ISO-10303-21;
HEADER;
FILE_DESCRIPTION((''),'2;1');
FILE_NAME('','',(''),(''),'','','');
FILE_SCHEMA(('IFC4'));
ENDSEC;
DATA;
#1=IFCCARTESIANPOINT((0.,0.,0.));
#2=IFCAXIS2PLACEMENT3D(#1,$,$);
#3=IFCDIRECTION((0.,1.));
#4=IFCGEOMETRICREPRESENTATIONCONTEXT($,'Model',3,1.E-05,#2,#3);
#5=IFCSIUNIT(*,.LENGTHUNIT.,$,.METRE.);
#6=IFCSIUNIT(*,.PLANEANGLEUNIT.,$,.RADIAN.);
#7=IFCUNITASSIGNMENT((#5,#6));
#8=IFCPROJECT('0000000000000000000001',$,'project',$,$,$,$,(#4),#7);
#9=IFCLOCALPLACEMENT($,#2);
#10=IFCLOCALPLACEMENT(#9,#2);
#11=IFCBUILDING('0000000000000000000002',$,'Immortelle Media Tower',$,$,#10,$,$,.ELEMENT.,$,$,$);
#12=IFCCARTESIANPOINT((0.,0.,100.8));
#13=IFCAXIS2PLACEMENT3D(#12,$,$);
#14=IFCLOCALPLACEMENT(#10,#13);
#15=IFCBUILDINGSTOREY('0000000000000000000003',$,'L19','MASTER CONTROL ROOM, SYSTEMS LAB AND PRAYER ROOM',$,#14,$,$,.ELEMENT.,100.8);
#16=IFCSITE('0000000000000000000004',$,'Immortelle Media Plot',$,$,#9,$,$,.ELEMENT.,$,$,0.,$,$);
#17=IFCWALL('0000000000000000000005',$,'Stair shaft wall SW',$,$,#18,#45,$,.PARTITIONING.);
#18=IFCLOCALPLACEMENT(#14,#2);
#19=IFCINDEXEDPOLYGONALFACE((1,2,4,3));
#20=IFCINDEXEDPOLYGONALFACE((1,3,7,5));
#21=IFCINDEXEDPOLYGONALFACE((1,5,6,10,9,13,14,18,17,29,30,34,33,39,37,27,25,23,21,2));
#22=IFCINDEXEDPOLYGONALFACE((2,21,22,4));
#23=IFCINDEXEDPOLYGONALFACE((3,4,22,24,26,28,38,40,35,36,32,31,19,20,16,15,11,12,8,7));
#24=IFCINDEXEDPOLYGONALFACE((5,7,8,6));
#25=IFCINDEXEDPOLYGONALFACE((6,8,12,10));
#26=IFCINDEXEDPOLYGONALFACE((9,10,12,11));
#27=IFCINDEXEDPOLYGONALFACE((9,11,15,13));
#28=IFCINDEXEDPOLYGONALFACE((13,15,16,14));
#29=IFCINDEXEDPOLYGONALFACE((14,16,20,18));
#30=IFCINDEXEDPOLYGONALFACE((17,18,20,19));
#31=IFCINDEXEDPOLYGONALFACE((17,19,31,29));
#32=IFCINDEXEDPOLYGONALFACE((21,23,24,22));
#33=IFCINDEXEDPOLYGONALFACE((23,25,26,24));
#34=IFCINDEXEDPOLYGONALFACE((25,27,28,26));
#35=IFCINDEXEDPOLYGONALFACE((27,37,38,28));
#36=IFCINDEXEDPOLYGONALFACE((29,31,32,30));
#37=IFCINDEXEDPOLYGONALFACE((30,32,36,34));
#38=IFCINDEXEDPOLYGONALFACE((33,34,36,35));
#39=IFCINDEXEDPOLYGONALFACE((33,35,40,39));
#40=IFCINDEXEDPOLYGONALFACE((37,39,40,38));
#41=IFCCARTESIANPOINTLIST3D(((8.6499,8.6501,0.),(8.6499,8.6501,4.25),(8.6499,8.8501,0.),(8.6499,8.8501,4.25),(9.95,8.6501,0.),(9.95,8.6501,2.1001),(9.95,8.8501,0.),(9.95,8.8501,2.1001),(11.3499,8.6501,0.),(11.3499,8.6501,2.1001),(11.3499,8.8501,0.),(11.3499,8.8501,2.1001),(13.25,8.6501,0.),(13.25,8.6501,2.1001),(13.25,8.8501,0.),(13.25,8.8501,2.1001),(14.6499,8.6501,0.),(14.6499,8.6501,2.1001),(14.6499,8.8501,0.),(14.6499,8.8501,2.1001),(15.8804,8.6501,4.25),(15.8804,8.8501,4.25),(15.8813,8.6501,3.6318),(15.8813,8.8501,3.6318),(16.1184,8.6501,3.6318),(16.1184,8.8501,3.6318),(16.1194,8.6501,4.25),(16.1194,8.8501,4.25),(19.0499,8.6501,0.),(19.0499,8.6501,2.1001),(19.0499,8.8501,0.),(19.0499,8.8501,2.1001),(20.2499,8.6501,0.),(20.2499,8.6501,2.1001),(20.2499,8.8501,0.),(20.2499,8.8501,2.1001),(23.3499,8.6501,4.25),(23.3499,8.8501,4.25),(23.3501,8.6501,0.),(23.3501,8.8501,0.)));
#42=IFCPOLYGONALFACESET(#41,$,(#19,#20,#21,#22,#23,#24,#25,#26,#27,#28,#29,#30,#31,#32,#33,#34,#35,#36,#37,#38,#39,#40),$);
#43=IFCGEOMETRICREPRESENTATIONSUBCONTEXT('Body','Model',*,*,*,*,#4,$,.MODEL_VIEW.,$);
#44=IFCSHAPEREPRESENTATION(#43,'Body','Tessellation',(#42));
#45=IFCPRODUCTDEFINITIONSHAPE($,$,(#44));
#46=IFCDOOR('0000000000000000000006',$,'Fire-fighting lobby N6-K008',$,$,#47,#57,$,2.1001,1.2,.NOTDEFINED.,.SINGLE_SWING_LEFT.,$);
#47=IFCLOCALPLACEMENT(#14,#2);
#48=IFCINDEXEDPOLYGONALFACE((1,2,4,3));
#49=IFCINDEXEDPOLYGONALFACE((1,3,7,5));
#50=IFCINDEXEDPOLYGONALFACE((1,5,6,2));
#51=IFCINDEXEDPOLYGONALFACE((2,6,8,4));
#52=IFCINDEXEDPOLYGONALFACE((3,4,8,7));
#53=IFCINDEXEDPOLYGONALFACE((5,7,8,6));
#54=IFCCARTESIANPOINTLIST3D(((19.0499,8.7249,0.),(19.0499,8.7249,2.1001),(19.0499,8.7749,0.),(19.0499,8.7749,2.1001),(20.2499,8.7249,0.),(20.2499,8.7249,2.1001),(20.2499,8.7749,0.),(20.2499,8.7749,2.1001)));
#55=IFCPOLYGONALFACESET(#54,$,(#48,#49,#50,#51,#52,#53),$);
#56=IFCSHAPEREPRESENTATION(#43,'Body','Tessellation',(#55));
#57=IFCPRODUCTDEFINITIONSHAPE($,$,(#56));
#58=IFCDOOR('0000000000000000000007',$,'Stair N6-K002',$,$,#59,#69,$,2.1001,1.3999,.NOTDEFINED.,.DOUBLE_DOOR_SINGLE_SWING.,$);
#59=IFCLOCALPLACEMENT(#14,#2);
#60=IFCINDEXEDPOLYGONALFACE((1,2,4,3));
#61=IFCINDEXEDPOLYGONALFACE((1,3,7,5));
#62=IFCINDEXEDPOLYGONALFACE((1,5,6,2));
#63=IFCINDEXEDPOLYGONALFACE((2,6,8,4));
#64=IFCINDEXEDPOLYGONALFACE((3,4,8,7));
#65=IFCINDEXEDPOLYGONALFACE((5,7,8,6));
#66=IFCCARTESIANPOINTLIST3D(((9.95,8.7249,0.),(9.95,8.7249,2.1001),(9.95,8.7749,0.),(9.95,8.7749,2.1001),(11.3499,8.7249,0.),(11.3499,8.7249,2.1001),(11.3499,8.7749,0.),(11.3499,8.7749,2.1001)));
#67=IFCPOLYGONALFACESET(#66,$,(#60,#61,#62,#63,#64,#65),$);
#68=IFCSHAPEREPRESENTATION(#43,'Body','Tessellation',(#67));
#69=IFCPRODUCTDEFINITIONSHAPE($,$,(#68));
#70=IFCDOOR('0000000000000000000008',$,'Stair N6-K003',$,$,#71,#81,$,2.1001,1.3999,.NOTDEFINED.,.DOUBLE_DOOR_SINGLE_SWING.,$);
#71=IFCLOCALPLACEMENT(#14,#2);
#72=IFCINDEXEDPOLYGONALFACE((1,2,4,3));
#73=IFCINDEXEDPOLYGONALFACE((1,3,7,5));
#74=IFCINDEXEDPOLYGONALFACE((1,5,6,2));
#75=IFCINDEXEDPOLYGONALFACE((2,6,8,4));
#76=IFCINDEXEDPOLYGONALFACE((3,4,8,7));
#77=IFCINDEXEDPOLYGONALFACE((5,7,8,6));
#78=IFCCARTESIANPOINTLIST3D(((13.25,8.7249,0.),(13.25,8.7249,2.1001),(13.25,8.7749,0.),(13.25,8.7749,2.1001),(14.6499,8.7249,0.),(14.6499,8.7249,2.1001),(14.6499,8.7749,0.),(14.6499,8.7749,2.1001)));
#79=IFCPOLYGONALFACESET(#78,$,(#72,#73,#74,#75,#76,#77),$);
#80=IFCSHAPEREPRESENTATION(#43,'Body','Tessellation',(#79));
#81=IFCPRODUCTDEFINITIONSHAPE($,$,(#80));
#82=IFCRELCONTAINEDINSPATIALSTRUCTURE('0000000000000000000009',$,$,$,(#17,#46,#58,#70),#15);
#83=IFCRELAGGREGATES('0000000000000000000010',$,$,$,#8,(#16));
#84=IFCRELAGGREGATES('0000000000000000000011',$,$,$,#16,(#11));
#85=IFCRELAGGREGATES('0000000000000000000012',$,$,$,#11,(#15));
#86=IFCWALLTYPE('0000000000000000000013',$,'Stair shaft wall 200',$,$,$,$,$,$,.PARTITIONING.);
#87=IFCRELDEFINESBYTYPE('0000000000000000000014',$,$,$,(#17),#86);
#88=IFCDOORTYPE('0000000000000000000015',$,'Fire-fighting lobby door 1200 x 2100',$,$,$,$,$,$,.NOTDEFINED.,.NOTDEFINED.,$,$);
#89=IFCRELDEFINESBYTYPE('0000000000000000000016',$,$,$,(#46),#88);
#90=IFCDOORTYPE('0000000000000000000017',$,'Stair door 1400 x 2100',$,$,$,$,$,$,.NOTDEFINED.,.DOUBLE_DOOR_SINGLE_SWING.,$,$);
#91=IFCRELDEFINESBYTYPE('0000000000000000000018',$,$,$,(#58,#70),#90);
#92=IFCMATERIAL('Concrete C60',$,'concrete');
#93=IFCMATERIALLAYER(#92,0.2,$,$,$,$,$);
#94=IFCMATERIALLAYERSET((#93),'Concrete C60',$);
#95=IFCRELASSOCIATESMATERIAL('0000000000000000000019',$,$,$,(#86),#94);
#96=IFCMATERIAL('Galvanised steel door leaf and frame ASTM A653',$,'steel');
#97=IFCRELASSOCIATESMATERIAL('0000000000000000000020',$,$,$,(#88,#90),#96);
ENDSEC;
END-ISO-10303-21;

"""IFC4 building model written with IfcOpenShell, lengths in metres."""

from ifc_helpers import new_model, si_unit, direction, frame, frame_2d, origin, place, context, subcontext, project, spatial, polyline, rectangle, outline, extrude, material, layer, layer_set, type_object, element, fill, save


model = new_model("IFC4")

# Units and contexts
model_context = context("Model", 3, precision=1e-05, world=origin(), true_north=direction((0.0, 1.0)))
body_context = subcontext(model_context, "Body", "Model", "MODEL_VIEW")
ifc_project = project(units=[si_unit("LENGTHUNIT", "METRE"), si_unit("PLANEANGLEUNIT", "RADIAN")], contexts=[model_context])

# Site, building, storey
site_placement = place(None, origin())
site = spatial("IfcSite", under=ifc_project, at=site_placement, Name="Immortelle Media Plot", CompositionType="ELEMENT", RefElevation=0.0)
building_placement = place(site_placement, origin())
building = spatial("IfcBuilding", under=site, at=building_placement, Name="Immortelle Media Tower", CompositionType="ELEMENT")
storey_placement = place(building_placement, frame((0.0, 0.0, 100.8)))
storey = spatial("IfcBuildingStorey", under=building, at=storey_placement, Name="L19", Description="MASTER CONTROL ROOM, SYSTEMS LAB AND PRAYER ROOM", CompositionType="ELEMENT", Elevation=100.8)

# Wall, openings, doors
ifc_material_1 = material(Name="Concrete C60", Category="concrete")
ifc_layer_1 = layer(ifc_material_1, 0.2)
ifc_layer_set_1 = layer_set([ifc_layer_1], Name="Concrete C60")
wall_type_1 = type_object("IfcWallType", Name="Stair shaft wall 200", PredefinedType="PARTITIONING", material=ifc_layer_set_1)
wall_1_placement = place(storey_placement, frame((8.6499, 8.75, 0.0), z_axis=(0.0, 0.0, 1.0), x_axis=(1.0, 0.0, 0.0)))
wall_1 = element("IfcWall", 1, at=wall_1_placement, inside=storey, type_object=wall_type_1, Name="Stair shaft wall SW", PredefinedType="PARTITIONING", context=body_context, shape_type="SweptSolid", body=[
    extrude(outline(polyline([(0.0, 0.0), (14.7002, 0.0), (14.7, 4.25), (7.4695, 4.25), (7.4685, 3.6318), (7.2314, 3.6318), (7.2305, 4.25), (0.0, 4.25), (0.0, 0.0)])), frame((0.0, 0.1001, 0.0), z_axis=(0.0, -1.0, 0.0), x_axis=(1.0, 0.0, 0.0)), (0.0, 0.0, 1.0), 0.2),
])
opening_1_placement = place(wall_1_placement, frame((1.3, 0.0, 0.0)))
opening_1 = element("IfcOpeningElement", 2, at=opening_1_placement, cuts=wall_1, PredefinedType="OPENING", context=body_context, shape_type="SweptSolid", body=[
    extrude(rectangle(XDim=1.3999, YDim=2.1001, at=frame_2d((0.7, 1.05))), frame((0.0, 0.1099, 0.0), z_axis=(0.0, -1.0, 0.0), x_axis=(1.0, 0.0, 0.0)), (0.0, 0.0, 1.0), 0.22),
])
opening_2_placement = place(wall_1_placement, frame((4.6001, 0.0, 0.0)))
opening_2 = element("IfcOpeningElement", 3, at=opening_2_placement, cuts=wall_1, PredefinedType="OPENING", context=body_context, shape_type="SweptSolid", body=[
    extrude(rectangle(XDim=1.3999, YDim=2.1001, at=frame_2d((0.7, 1.05))), frame((0.0, 0.1099, 0.0), z_axis=(0.0, -1.0, 0.0), x_axis=(1.0, 0.0, 0.0)), (0.0, 0.0, 1.0), 0.22),
])
opening_3_placement = place(wall_1_placement, frame((10.3999, 0.0, 0.0)))
opening_3 = element("IfcOpeningElement", 4, at=opening_3_placement, cuts=wall_1, PredefinedType="OPENING", context=body_context, shape_type="SweptSolid", body=[
    extrude(rectangle(XDim=1.2, YDim=2.1001, at=frame_2d((0.6001, 1.05))), frame((0.0, 0.1099, 0.0), z_axis=(0.0, -1.0, 0.0), x_axis=(1.0, 0.0, 0.0)), (0.0, 0.0, 1.0), 0.22),
])
ifc_material_2 = material(Name="Galvanised steel door leaf and frame ASTM A653", Category="steel")
door_type_1 = type_object("IfcDoorType", Name="Fire-fighting lobby door 1200 x 2100", OperationType="NOTDEFINED", PredefinedType="NOTDEFINED", material=ifc_material_2)
door_1_placement = place(opening_3_placement, origin())
door_1 = element("IfcDoor", 5, at=door_1_placement, inside=storey, type_object=door_type_1, Name="Fire-fighting lobby N6-K008", OperationType="SINGLE_SWING_LEFT", OverallHeight=2.1001, OverallWidth=1.2, PredefinedType="NOTDEFINED", context=body_context, shape_type="SweptSolid", body=[
    extrude(rectangle(XDim=1.2, YDim=2.1001, at=frame_2d((0.6001, 1.05))), frame((0.0, 0.0249, 0.0), z_axis=(0.0, -1.0, 0.0), x_axis=(1.0, 0.0, 0.0)), (0.0, 0.0, 1.0), 0.05),
])
fill(opening_3, door_1)
door_type_2 = type_object("IfcDoorType", Name="Stair door 1400 x 2100", OperationType="DOUBLE_DOOR_SINGLE_SWING", PredefinedType="NOTDEFINED", material=ifc_material_2)
door_2_placement = place(opening_1_placement, origin())
door_2 = element("IfcDoor", 6, at=door_2_placement, inside=storey, type_object=door_type_2, Name="Stair N6-K002", OperationType="DOUBLE_DOOR_SINGLE_SWING", OverallHeight=2.1001, OverallWidth=1.3999, PredefinedType="NOTDEFINED", context=body_context, shape_type="SweptSolid", body=[
    extrude(rectangle(XDim=1.3999, YDim=2.1001, at=frame_2d((0.7, 1.05))), frame((0.0, 0.0249, 0.0), z_axis=(0.0, -1.0, 0.0), x_axis=(1.0, 0.0, 0.0)), (0.0, 0.0, 1.0), 0.05),
])
fill(opening_1, door_2)
door_3_placement = place(opening_2_placement, origin())
door_3 = element("IfcDoor", 7, at=door_3_placement, inside=storey, type_object=door_type_2, Name="Stair N6-K003", OperationType="DOUBLE_DOOR_SINGLE_SWING", OverallHeight=2.1001, OverallWidth=1.3999, PredefinedType="NOTDEFINED", context=body_context, shape_type="SweptSolid", body=[
    extrude(rectangle(XDim=1.3999, YDim=2.1001, at=frame_2d((0.7, 1.05))), frame((0.0, 0.0249, 0.0), z_axis=(0.0, -1.0, 0.0), x_axis=(1.0, 0.0, 0.0)), (0.0, 0.0, 1.0), 0.05),
])
fill(opening_2, door_3)

save(model, "model.ifc")
